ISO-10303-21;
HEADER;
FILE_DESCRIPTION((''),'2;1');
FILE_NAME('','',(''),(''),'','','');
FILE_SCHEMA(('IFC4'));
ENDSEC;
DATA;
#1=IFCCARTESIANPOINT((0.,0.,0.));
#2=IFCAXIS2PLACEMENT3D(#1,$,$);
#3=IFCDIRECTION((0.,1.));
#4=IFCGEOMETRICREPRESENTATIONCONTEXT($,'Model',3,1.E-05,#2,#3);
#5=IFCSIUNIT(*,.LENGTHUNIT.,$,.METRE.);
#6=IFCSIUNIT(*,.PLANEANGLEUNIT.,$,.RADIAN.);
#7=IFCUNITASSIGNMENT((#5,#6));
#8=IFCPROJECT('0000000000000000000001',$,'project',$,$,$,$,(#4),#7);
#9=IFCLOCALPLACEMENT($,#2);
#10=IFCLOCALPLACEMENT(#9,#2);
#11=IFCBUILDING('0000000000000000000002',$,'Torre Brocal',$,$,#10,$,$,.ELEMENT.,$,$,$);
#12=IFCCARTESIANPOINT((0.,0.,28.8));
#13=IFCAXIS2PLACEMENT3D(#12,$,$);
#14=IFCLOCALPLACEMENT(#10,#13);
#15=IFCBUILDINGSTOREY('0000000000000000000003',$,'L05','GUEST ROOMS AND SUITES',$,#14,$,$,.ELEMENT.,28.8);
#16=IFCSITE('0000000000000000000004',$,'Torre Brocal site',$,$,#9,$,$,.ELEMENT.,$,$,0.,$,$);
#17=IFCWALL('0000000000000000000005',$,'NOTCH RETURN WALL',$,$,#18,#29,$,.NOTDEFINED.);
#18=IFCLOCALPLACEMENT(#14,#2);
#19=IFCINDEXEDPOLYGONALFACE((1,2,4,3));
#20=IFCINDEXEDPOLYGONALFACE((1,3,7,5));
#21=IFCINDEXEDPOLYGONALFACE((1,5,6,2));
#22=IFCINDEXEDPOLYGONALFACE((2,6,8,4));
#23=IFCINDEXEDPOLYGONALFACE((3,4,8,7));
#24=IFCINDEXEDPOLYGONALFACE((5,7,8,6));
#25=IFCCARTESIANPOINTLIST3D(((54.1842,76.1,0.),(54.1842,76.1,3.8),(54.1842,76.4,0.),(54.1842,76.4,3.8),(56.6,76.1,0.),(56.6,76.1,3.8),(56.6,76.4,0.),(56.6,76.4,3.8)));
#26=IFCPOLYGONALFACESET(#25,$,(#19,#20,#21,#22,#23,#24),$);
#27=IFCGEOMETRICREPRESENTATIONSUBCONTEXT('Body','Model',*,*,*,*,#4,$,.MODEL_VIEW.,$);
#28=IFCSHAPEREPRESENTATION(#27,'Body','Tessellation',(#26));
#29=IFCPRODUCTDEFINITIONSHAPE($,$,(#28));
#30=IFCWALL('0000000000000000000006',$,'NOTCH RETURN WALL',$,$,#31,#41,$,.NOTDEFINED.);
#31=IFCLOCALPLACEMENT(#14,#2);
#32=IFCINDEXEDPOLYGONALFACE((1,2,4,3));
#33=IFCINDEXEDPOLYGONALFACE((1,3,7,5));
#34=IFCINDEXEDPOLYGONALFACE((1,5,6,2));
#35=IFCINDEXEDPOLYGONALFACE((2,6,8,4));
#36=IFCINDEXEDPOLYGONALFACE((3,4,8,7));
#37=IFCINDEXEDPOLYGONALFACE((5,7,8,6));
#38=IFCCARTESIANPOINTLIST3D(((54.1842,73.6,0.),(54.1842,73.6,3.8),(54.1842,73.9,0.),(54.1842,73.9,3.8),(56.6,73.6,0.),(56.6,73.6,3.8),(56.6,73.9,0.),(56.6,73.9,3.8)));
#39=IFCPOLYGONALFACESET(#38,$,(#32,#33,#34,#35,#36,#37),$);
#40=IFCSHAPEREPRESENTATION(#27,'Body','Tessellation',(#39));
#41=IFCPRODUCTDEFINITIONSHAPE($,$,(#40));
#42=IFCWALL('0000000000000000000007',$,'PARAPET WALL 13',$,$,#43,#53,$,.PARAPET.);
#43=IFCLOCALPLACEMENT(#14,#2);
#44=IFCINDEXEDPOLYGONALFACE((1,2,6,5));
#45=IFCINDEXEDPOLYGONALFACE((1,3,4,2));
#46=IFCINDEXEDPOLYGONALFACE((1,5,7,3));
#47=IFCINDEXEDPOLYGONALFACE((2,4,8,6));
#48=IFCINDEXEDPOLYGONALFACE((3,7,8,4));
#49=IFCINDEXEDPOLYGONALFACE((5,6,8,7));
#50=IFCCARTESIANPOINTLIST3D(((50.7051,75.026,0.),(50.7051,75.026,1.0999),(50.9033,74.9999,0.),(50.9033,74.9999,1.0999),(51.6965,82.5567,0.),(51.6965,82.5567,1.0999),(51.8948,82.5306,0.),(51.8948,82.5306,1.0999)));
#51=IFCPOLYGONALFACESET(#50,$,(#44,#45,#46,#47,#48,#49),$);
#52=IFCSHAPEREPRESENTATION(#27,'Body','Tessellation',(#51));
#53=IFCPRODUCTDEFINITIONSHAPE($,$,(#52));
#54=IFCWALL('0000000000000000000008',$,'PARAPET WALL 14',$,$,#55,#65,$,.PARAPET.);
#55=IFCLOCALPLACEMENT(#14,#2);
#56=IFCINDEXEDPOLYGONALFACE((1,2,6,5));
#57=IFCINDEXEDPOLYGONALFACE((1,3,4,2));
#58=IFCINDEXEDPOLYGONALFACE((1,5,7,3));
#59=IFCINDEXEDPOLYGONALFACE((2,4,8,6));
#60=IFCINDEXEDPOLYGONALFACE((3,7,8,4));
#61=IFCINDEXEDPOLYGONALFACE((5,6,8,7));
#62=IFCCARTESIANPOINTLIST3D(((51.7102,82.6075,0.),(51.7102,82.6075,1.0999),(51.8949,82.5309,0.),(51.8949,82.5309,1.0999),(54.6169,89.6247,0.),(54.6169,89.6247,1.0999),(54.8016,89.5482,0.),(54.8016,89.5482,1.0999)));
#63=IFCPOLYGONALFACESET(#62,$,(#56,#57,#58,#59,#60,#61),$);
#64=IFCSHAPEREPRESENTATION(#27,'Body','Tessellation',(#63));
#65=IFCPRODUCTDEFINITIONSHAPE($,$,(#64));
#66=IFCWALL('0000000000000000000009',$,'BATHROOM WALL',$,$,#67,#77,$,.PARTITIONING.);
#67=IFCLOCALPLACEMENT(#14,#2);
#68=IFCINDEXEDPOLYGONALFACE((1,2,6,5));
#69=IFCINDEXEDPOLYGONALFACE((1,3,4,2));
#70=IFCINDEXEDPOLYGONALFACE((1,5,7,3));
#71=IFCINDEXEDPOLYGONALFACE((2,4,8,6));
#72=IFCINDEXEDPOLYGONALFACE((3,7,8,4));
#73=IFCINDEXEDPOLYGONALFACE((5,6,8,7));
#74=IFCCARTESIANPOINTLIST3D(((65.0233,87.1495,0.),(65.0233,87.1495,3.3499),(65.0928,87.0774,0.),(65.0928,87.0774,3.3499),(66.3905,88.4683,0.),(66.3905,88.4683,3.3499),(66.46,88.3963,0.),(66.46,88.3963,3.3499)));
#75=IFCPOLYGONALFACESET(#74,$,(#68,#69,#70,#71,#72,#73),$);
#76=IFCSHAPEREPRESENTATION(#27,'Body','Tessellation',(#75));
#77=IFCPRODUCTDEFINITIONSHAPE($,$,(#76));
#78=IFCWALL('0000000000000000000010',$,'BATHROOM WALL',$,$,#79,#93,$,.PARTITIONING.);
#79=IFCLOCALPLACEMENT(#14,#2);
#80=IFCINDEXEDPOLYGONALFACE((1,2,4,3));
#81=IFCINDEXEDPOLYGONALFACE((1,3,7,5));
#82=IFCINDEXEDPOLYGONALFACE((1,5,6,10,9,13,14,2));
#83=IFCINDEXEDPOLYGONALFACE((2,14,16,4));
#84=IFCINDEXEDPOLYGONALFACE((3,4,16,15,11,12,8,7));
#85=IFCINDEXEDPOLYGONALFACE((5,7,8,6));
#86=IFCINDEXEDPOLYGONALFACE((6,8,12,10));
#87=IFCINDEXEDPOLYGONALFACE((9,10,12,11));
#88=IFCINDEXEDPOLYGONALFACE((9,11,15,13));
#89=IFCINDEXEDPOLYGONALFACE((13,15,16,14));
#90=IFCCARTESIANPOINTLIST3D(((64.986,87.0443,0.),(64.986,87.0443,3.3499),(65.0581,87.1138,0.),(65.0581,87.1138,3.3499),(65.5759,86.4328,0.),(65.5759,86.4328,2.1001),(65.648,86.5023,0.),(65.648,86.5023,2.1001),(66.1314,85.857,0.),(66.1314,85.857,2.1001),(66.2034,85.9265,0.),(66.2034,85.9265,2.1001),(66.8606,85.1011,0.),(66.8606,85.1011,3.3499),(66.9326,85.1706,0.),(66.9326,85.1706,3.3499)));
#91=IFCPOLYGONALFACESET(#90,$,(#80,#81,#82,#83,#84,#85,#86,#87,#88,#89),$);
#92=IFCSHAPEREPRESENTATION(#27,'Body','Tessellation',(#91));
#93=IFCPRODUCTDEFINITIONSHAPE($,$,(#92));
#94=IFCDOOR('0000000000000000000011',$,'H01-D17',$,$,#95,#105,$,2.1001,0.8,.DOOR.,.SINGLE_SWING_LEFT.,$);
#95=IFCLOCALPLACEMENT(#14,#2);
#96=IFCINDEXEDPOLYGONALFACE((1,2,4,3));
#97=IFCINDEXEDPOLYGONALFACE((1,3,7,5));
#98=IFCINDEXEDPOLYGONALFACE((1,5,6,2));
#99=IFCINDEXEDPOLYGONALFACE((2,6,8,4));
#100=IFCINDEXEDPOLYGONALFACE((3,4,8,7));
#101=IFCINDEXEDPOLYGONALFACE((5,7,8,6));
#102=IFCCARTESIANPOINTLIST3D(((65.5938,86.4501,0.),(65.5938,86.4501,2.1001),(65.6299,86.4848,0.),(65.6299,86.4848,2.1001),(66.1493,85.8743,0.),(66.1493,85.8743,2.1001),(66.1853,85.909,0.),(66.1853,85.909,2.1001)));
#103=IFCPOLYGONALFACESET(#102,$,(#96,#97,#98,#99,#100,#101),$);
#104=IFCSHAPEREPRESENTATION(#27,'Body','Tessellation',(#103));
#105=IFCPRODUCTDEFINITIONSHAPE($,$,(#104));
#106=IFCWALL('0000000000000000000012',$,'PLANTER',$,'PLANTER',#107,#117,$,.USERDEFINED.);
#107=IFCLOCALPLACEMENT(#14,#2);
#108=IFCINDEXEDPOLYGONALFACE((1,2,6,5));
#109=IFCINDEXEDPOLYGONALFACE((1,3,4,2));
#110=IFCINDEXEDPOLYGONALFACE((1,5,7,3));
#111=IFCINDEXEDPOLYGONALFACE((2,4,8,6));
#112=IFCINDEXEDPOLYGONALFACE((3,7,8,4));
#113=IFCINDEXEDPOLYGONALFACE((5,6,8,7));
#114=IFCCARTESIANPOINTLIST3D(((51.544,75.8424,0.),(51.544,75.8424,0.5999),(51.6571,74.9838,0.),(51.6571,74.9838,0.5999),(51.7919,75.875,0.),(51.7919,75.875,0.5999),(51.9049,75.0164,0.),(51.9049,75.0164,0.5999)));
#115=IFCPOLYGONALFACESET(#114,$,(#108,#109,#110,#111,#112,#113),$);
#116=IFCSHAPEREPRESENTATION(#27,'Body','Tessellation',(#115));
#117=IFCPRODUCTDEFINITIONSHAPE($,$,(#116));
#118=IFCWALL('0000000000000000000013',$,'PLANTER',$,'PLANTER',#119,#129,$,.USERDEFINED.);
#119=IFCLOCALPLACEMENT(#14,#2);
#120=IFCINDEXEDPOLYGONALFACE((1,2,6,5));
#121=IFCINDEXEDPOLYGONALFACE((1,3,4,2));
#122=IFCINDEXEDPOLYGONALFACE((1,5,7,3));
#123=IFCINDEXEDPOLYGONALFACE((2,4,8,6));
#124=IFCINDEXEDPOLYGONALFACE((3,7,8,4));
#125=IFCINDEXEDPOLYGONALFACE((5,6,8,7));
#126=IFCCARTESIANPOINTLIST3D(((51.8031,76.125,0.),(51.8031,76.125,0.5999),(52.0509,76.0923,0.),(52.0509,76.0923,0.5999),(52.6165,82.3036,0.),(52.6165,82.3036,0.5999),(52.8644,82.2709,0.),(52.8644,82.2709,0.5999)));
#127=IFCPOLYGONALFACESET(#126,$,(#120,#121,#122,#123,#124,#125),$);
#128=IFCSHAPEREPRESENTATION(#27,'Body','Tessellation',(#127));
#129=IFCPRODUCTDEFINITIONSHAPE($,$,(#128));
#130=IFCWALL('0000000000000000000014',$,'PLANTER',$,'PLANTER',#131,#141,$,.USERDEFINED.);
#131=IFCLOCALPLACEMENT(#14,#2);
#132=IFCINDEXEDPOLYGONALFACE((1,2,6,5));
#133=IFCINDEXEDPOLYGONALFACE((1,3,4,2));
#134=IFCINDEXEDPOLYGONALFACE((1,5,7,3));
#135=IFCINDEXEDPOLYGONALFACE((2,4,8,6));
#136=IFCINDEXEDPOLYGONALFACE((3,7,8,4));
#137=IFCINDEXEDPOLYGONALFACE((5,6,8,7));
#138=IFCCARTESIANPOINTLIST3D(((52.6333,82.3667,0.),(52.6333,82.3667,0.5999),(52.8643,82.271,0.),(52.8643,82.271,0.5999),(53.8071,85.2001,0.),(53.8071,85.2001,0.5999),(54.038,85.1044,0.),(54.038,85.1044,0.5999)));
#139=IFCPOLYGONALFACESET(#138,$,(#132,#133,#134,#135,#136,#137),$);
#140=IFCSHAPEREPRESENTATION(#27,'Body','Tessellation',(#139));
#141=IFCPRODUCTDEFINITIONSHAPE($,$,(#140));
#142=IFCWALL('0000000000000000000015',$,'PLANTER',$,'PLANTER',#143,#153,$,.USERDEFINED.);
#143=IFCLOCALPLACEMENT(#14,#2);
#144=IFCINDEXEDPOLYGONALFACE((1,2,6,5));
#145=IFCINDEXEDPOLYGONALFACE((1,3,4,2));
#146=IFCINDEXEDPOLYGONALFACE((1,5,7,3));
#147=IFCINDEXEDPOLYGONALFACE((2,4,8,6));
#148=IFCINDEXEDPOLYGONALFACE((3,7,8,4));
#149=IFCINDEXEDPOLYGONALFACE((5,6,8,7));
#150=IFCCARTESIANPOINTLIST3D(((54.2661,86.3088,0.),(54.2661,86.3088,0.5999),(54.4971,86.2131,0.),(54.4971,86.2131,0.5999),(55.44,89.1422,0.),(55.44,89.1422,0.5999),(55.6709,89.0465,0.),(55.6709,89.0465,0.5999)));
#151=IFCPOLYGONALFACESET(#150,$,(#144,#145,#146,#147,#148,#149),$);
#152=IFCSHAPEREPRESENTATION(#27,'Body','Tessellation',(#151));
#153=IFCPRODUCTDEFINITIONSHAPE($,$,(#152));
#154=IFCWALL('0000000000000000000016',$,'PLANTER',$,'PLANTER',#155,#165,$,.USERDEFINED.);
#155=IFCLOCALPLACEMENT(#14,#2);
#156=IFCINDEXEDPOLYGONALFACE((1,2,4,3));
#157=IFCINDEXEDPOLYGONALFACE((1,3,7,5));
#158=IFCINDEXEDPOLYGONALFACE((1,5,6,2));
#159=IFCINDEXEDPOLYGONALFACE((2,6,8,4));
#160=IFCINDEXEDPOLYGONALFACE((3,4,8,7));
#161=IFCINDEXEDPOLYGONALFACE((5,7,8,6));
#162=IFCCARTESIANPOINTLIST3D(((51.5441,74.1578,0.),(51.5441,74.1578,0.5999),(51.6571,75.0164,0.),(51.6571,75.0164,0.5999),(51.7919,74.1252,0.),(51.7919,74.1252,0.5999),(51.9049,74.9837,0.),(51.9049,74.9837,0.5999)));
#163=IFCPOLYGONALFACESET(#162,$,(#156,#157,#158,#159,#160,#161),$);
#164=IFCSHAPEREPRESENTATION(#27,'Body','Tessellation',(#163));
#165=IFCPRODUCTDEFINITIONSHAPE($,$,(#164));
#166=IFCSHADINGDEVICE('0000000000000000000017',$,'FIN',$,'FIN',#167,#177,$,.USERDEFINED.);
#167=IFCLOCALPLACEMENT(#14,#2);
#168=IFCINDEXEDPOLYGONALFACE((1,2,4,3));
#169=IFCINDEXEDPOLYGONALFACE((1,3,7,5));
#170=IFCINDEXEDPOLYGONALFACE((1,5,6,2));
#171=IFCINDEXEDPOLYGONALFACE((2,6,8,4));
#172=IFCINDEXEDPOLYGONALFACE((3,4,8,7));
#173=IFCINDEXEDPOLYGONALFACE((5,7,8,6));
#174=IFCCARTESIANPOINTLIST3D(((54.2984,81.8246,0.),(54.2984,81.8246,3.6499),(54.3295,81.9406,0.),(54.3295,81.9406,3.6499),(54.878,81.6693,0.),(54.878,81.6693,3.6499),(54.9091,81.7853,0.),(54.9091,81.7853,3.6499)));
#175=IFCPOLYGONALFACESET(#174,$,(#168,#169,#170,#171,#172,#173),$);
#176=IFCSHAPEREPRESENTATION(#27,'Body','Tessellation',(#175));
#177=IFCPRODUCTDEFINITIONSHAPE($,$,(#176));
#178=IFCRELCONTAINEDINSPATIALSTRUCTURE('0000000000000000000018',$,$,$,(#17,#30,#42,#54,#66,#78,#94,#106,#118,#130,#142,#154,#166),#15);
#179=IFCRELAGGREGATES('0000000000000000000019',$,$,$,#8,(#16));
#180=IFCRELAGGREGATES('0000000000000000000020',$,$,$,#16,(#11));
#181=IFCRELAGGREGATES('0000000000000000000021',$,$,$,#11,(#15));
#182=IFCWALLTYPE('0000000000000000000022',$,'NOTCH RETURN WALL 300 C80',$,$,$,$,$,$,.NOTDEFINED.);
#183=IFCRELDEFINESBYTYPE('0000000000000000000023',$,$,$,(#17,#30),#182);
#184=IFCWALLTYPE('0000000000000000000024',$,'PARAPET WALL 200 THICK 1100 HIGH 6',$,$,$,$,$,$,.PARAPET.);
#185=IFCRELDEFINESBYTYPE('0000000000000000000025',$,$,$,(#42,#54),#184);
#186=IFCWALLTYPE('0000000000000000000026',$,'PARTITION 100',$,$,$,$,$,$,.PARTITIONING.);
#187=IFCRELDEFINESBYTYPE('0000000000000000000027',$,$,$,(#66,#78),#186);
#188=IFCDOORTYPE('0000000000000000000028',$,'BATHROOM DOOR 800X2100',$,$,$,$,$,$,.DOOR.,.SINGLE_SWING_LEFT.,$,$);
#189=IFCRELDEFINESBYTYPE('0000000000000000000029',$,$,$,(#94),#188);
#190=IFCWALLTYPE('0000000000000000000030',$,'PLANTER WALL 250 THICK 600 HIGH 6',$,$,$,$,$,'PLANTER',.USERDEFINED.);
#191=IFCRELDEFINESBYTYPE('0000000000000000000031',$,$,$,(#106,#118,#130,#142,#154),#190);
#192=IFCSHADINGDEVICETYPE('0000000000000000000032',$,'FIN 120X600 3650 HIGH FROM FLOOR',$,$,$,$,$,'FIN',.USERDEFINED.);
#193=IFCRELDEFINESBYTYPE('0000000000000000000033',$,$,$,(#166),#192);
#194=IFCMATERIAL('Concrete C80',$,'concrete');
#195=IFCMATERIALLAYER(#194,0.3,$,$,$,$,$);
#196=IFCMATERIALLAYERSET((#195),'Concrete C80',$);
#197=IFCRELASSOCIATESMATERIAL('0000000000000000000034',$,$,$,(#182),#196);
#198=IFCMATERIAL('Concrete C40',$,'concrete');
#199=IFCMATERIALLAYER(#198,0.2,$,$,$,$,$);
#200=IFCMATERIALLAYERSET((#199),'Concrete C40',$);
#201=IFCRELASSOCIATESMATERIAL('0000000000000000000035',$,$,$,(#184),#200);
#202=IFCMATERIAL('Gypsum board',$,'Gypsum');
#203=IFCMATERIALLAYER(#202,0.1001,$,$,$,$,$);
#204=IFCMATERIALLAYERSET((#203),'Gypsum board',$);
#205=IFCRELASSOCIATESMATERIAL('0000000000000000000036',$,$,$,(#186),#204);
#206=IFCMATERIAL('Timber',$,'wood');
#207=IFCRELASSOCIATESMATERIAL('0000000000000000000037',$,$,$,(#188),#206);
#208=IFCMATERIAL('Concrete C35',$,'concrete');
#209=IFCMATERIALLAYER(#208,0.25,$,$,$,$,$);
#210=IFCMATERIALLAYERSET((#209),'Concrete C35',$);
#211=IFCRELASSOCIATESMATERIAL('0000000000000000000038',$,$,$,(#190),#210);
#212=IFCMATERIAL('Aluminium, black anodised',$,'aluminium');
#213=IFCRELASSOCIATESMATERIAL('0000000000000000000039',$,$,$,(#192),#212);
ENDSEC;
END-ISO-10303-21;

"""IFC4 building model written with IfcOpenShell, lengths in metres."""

from ifc_helpers import new_model, si_unit, direction, frame, frame_2d, origin, origin_2d, place, context, subcontext, project, spatial, rectangle, extrude, material, layer, layer_set, material_profile, profile_set, type_object, element, fill, save


model = new_model("IFC4")

# Units and contexts
model_context = context("Model", 3, precision=1e-05, world=origin(), true_north=direction((0.0, 1.0)))
body_context = subcontext(model_context, "Body", "Model", "MODEL_VIEW")
ifc_project = project(units=[si_unit("LENGTHUNIT", "METRE"), si_unit("PLANEANGLEUNIT", "RADIAN")], contexts=[model_context])

# Site, building, storey
site_placement = place(None, origin())
site = spatial("IfcSite", under=ifc_project, at=site_placement, Name="Torre Brocal site", CompositionType="ELEMENT", RefElevation=0.0)
building_placement = place(site_placement, origin())
building = spatial("IfcBuilding", under=site, at=building_placement, Name="Torre Brocal", CompositionType="ELEMENT")
storey_placement = place(building_placement, frame((0.0, 0.0, 28.8)))
storey = spatial("IfcBuildingStorey", under=building, at=storey_placement, Name="L05", Description="GUEST ROOMS AND SUITES", CompositionType="ELEMENT", Elevation=28.8)

# Walls
ifc_material_1 = material(Name="Concrete C80", Category="concrete")
ifc_layer_1 = layer(ifc_material_1, 0.3)
ifc_layer_set_1 = layer_set([ifc_layer_1], Name="Concrete C80")
wall_type_1 = type_object("IfcWallType", Name="NOTCH RETURN WALL 300 C80", PredefinedType="NOTDEFINED", material=ifc_layer_set_1)
for number, where, z_axis, x_axis, name in (
    (1, (56.6001, 76.25, 0.0), (0.0, 0.0, 1.0), (-1.0, 0.0, 0.0), "NOTCH RETURN WALL"),
    (2, (56.6001, 73.75, 0.0), (0.0, 0.0, 1.0), (-1.0, 0.0, 0.0), "NOTCH RETURN WALL"),
):
    element("IfcWall", number, at=place(storey_placement, frame(where, z_axis=z_axis, x_axis=x_axis)), inside=storey, type_object=wall_type_1, Name=name, PredefinedType="NOTDEFINED", context=body_context, shape_type="SweptSolid", body=[
        extrude(rectangle(XDim=2.4158, YDim=0.3, at=frame_2d((1.208, 0.0))), origin(), (0.0, 0.0, 1.0), 3.8),
    ])
ifc_material_2 = material(Name="Concrete C40", Category="concrete")
ifc_layer_2 = layer(ifc_material_2, 0.2)
ifc_layer_set_2 = layer_set([ifc_layer_2], Name="Concrete C40")
wall_type_2 = type_object("IfcWallType", Name="PARAPET WALL 200 THICK 1100 HIGH 6", PredefinedType="PARAPET", material=ifc_layer_set_2)
wall_1_placement = place(storey_placement, frame((50.8042, 75.0129, 0.0), z_axis=(0.0, 0.0, 1.0), x_axis=(0.130528, 0.991445, 0.0)))
element("IfcWall", 3, at=wall_1_placement, inside=storey, type_object=wall_type_2, Name="PARAPET WALL 13", PredefinedType="PARAPET", context=body_context, shape_type="SweptSolid", body=[
    extrude(rectangle(XDim=7.5957, YDim=0.2, at=frame_2d((3.7979, 0.0))), origin(), (0.0, 0.0, 1.0), 1.0999),
])
wall_2_placement = place(storey_placement, frame((51.8025, 82.5691, 0.0), z_axis=(0.0, 0.0, 1.0), x_axis=(0.382691, 0.923877, 0.0)))
element("IfcWall", 4, at=wall_2_placement, inside=storey, type_object=wall_type_2, Name="PARAPET WALL 14", PredefinedType="PARAPET", context=body_context, shape_type="SweptSolid", body=[
    extrude(rectangle(XDim=7.5955, YDim=0.2, at=frame_2d((3.7979, 0.0))), origin(), (0.0, 0.0, 1.0), 1.0999),
])
ifc_material_3 = material(Name="Gypsum board", Category="Gypsum")
ifc_layer_3 = layer(ifc_material_3, 0.1001)
ifc_layer_set_3 = layer_set([ifc_layer_3], Name="Gypsum board")
wall_type_3 = type_object("IfcWallType", Name="PARTITION 100", PredefinedType="PARTITIONING", material=ifc_layer_set_3)
wall_3_placement = place(storey_placement, frame((65.0581, 87.1135, 0.0), z_axis=(0.0, 0.0, 1.0), x_axis=(0.719716, 0.694269, 0.0)))
element("IfcWall", 5, at=wall_3_placement, inside=storey, type_object=wall_type_3, Name="BATHROOM WALL", PredefinedType="PARTITIONING", context=body_context, shape_type="SweptSolid", body=[
    extrude(rectangle(XDim=1.8997, YDim=0.1001, at=frame_2d((0.9497, 0.0))), origin(), (0.0, 0.0, 1.0), 3.3499),
])

# Wall, opening, door
wall_4_placement = place(storey_placement, frame((65.022, 87.0791, 0.0), z_axis=(0.0, 0.0, 1.0), x_axis=(0.694288, -0.719697, 0.0)))
wall_4 = element("IfcWall", 6, at=wall_4_placement, inside=storey, type_object=wall_type_3, Name="BATHROOM WALL", PredefinedType="PARTITIONING", context=body_context, shape_type="SweptSolid", body=[
    extrude(rectangle(XDim=2.7, YDim=0.1001, at=frame_2d((1.3501, 0.0))), origin(), (0.0, 0.0, 1.0), 3.3499),
])
opening_1_placement = place(wall_4_placement, frame((0.8499, 0.0, 0.0)))
opening_1 = element("IfcOpeningElement", 7, at=opening_1_placement, cuts=wall_4, PredefinedType="OPENING", context=body_context, shape_type="SweptSolid", body=[
    extrude(rectangle(XDim=0.8, YDim=2.1001, at=frame_2d((0.3999, 1.05))), frame((0.0, 0.0601, 0.0), z_axis=(0.0, -1.0, 0.0), x_axis=(1.0, 0.0, 0.0)), (0.0, 0.0, 1.0), 0.1201),
])
ifc_material_4 = material(Name="Timber", Category="wood")
door_type_1 = type_object("IfcDoorType", Name="BATHROOM DOOR 800X2100", OperationType="SINGLE_SWING_LEFT", PredefinedType="DOOR", material=ifc_material_4)
door_1_placement = place(opening_1_placement, origin())
door_1 = element("IfcDoor", 8, at=door_1_placement, inside=storey, type_object=door_type_1, Name="H01-D17", OperationType="SINGLE_SWING_LEFT", OverallHeight=2.1001, OverallWidth=0.8, PredefinedType="DOOR", context=body_context, shape_type="SweptSolid", body=[
    extrude(rectangle(XDim=0.8, YDim=2.1001, at=frame_2d((0.3999, 1.05))), frame((0.0, 0.0249, 0.0), z_axis=(0.0, -1.0, 0.0), x_axis=(1.0, 0.0, 0.0)), (0.0, 0.0, 1.0), 0.05),
])
fill(opening_1, door_1)

# Walls
ifc_material_5 = material(Name="Concrete C35", Category="concrete")
ifc_layer_4 = layer(ifc_material_5, 0.25)
ifc_layer_set_4 = layer_set([ifc_layer_4], Name="Concrete C35")
wall_type_4 = type_object("IfcWallType", Name="PLANTER WALL 250 THICK 600 HIGH 6", ElementType="PLANTER", PredefinedType="USERDEFINED", material=ifc_layer_set_4)
wall_5_placement = place(storey_placement, frame((51.781, 75.0, 0.0), z_axis=(0.0, 0.0, 1.0), x_axis=(-0.13052, 0.991446, 0.0)))
element("IfcWall", 9, at=wall_5_placement, inside=storey, type_object=wall_type_4, Name="PLANTER", ObjectType="PLANTER", PredefinedType="USERDEFINED", context=body_context, shape_type="SweptSolid", body=[
    extrude(rectangle(XDim=0.866, YDim=0.25, at=frame_2d((0.4331, 0.0))), origin(), (0.0, 0.0, 1.0), 0.5999),
])
wall_6_placement = place(storey_placement, frame((51.927, 76.1086, 0.0), z_axis=(0.0, 0.0, 1.0), x_axis=(0.130532, 0.991444, 0.0)))
element("IfcWall", 10, at=wall_6_placement, inside=storey, type_object=wall_type_4, Name="PLANTER", ObjectType="PLANTER", PredefinedType="USERDEFINED", context=body_context, shape_type="SweptSolid", body=[
    extrude(rectangle(XDim=6.2319, YDim=0.25, at=frame_2d((3.116, 0.0))), origin(), (0.0, 0.0, 1.0), 0.5999),
])
for number, where, z_axis, x_axis, name in (
    (11, (52.7488, 82.3188, 0.0), (0.0, 0.0, 1.0), (0.382727, 0.923862, 0.0), "PLANTER"),
    (12, (54.3816, 86.261, 0.0), (0.0, 0.0, 1.0), (0.382755, 0.92385, 0.0), "PLANTER"),
):
    element("IfcWall", number, at=place(storey_placement, frame(where, z_axis=z_axis, x_axis=x_axis)), inside=storey, type_object=wall_type_4, Name=name, ObjectType="PLANTER", PredefinedType="USERDEFINED", context=body_context, shape_type="SweptSolid", body=[
        extrude(rectangle(XDim=3.0669, YDim=0.25, at=frame_2d((1.5334, 0.0))), origin(), (0.0, 0.0, 1.0), 0.5999),
    ])
wall_7_placement = place(storey_placement, frame((51.668, 74.1414, 0.0), z_axis=(0.0, 0.0, 1.0), x_axis=(0.13052, 0.991446, 0.0)))
element("IfcWall", 13, at=wall_7_placement, inside=storey, type_object=wall_type_4, Name="PLANTER", ObjectType="PLANTER", PredefinedType="USERDEFINED", context=body_context, shape_type="SweptSolid", body=[
    extrude(rectangle(XDim=0.866, YDim=0.25, at=frame_2d((0.4331, 0.0))), origin(), (0.0, 0.0, 1.0), 0.5999),
])

# Shading device
ifc_material_6 = material(Name="Aluminium, black anodised", Category="aluminium")
ifc_material_profile_1 = material_profile(ifc_material_6, rectangle(XDim=0.1201, YDim=0.6001, at=origin_2d()), Name="FIN 120X600 3650 HIGH FROM FLOOR")
ifc_profile_set_1 = profile_set([ifc_material_profile_1], Name="Aluminium, black anodised")
shading_device_type = type_object("IfcShadingDeviceType", Name="FIN 120X600 3650 HIGH FROM FLOOR", ElementType="FIN", PredefinedType="USERDEFINED", material=ifc_profile_set_1)
shading_device_placement = place(storey_placement, frame((54.6038, 81.8049, 0.0), z_axis=(0.0, 0.0, 1.0), x_axis=(-0.258819, -0.965926, 0.0)))
element("IfcShadingDevice", 14, at=shading_device_placement, inside=storey, type_object=shading_device_type, Name="FIN", ObjectType="FIN", PredefinedType="USERDEFINED", context=body_context, shape_type="SweptSolid", body=[
    extrude(rectangle(XDim=0.1201, YDim=0.6001, at=origin_2d()), origin(), (0.0, 0.0, 1.0), 3.6499),
])

save(model, "model.ifc")
